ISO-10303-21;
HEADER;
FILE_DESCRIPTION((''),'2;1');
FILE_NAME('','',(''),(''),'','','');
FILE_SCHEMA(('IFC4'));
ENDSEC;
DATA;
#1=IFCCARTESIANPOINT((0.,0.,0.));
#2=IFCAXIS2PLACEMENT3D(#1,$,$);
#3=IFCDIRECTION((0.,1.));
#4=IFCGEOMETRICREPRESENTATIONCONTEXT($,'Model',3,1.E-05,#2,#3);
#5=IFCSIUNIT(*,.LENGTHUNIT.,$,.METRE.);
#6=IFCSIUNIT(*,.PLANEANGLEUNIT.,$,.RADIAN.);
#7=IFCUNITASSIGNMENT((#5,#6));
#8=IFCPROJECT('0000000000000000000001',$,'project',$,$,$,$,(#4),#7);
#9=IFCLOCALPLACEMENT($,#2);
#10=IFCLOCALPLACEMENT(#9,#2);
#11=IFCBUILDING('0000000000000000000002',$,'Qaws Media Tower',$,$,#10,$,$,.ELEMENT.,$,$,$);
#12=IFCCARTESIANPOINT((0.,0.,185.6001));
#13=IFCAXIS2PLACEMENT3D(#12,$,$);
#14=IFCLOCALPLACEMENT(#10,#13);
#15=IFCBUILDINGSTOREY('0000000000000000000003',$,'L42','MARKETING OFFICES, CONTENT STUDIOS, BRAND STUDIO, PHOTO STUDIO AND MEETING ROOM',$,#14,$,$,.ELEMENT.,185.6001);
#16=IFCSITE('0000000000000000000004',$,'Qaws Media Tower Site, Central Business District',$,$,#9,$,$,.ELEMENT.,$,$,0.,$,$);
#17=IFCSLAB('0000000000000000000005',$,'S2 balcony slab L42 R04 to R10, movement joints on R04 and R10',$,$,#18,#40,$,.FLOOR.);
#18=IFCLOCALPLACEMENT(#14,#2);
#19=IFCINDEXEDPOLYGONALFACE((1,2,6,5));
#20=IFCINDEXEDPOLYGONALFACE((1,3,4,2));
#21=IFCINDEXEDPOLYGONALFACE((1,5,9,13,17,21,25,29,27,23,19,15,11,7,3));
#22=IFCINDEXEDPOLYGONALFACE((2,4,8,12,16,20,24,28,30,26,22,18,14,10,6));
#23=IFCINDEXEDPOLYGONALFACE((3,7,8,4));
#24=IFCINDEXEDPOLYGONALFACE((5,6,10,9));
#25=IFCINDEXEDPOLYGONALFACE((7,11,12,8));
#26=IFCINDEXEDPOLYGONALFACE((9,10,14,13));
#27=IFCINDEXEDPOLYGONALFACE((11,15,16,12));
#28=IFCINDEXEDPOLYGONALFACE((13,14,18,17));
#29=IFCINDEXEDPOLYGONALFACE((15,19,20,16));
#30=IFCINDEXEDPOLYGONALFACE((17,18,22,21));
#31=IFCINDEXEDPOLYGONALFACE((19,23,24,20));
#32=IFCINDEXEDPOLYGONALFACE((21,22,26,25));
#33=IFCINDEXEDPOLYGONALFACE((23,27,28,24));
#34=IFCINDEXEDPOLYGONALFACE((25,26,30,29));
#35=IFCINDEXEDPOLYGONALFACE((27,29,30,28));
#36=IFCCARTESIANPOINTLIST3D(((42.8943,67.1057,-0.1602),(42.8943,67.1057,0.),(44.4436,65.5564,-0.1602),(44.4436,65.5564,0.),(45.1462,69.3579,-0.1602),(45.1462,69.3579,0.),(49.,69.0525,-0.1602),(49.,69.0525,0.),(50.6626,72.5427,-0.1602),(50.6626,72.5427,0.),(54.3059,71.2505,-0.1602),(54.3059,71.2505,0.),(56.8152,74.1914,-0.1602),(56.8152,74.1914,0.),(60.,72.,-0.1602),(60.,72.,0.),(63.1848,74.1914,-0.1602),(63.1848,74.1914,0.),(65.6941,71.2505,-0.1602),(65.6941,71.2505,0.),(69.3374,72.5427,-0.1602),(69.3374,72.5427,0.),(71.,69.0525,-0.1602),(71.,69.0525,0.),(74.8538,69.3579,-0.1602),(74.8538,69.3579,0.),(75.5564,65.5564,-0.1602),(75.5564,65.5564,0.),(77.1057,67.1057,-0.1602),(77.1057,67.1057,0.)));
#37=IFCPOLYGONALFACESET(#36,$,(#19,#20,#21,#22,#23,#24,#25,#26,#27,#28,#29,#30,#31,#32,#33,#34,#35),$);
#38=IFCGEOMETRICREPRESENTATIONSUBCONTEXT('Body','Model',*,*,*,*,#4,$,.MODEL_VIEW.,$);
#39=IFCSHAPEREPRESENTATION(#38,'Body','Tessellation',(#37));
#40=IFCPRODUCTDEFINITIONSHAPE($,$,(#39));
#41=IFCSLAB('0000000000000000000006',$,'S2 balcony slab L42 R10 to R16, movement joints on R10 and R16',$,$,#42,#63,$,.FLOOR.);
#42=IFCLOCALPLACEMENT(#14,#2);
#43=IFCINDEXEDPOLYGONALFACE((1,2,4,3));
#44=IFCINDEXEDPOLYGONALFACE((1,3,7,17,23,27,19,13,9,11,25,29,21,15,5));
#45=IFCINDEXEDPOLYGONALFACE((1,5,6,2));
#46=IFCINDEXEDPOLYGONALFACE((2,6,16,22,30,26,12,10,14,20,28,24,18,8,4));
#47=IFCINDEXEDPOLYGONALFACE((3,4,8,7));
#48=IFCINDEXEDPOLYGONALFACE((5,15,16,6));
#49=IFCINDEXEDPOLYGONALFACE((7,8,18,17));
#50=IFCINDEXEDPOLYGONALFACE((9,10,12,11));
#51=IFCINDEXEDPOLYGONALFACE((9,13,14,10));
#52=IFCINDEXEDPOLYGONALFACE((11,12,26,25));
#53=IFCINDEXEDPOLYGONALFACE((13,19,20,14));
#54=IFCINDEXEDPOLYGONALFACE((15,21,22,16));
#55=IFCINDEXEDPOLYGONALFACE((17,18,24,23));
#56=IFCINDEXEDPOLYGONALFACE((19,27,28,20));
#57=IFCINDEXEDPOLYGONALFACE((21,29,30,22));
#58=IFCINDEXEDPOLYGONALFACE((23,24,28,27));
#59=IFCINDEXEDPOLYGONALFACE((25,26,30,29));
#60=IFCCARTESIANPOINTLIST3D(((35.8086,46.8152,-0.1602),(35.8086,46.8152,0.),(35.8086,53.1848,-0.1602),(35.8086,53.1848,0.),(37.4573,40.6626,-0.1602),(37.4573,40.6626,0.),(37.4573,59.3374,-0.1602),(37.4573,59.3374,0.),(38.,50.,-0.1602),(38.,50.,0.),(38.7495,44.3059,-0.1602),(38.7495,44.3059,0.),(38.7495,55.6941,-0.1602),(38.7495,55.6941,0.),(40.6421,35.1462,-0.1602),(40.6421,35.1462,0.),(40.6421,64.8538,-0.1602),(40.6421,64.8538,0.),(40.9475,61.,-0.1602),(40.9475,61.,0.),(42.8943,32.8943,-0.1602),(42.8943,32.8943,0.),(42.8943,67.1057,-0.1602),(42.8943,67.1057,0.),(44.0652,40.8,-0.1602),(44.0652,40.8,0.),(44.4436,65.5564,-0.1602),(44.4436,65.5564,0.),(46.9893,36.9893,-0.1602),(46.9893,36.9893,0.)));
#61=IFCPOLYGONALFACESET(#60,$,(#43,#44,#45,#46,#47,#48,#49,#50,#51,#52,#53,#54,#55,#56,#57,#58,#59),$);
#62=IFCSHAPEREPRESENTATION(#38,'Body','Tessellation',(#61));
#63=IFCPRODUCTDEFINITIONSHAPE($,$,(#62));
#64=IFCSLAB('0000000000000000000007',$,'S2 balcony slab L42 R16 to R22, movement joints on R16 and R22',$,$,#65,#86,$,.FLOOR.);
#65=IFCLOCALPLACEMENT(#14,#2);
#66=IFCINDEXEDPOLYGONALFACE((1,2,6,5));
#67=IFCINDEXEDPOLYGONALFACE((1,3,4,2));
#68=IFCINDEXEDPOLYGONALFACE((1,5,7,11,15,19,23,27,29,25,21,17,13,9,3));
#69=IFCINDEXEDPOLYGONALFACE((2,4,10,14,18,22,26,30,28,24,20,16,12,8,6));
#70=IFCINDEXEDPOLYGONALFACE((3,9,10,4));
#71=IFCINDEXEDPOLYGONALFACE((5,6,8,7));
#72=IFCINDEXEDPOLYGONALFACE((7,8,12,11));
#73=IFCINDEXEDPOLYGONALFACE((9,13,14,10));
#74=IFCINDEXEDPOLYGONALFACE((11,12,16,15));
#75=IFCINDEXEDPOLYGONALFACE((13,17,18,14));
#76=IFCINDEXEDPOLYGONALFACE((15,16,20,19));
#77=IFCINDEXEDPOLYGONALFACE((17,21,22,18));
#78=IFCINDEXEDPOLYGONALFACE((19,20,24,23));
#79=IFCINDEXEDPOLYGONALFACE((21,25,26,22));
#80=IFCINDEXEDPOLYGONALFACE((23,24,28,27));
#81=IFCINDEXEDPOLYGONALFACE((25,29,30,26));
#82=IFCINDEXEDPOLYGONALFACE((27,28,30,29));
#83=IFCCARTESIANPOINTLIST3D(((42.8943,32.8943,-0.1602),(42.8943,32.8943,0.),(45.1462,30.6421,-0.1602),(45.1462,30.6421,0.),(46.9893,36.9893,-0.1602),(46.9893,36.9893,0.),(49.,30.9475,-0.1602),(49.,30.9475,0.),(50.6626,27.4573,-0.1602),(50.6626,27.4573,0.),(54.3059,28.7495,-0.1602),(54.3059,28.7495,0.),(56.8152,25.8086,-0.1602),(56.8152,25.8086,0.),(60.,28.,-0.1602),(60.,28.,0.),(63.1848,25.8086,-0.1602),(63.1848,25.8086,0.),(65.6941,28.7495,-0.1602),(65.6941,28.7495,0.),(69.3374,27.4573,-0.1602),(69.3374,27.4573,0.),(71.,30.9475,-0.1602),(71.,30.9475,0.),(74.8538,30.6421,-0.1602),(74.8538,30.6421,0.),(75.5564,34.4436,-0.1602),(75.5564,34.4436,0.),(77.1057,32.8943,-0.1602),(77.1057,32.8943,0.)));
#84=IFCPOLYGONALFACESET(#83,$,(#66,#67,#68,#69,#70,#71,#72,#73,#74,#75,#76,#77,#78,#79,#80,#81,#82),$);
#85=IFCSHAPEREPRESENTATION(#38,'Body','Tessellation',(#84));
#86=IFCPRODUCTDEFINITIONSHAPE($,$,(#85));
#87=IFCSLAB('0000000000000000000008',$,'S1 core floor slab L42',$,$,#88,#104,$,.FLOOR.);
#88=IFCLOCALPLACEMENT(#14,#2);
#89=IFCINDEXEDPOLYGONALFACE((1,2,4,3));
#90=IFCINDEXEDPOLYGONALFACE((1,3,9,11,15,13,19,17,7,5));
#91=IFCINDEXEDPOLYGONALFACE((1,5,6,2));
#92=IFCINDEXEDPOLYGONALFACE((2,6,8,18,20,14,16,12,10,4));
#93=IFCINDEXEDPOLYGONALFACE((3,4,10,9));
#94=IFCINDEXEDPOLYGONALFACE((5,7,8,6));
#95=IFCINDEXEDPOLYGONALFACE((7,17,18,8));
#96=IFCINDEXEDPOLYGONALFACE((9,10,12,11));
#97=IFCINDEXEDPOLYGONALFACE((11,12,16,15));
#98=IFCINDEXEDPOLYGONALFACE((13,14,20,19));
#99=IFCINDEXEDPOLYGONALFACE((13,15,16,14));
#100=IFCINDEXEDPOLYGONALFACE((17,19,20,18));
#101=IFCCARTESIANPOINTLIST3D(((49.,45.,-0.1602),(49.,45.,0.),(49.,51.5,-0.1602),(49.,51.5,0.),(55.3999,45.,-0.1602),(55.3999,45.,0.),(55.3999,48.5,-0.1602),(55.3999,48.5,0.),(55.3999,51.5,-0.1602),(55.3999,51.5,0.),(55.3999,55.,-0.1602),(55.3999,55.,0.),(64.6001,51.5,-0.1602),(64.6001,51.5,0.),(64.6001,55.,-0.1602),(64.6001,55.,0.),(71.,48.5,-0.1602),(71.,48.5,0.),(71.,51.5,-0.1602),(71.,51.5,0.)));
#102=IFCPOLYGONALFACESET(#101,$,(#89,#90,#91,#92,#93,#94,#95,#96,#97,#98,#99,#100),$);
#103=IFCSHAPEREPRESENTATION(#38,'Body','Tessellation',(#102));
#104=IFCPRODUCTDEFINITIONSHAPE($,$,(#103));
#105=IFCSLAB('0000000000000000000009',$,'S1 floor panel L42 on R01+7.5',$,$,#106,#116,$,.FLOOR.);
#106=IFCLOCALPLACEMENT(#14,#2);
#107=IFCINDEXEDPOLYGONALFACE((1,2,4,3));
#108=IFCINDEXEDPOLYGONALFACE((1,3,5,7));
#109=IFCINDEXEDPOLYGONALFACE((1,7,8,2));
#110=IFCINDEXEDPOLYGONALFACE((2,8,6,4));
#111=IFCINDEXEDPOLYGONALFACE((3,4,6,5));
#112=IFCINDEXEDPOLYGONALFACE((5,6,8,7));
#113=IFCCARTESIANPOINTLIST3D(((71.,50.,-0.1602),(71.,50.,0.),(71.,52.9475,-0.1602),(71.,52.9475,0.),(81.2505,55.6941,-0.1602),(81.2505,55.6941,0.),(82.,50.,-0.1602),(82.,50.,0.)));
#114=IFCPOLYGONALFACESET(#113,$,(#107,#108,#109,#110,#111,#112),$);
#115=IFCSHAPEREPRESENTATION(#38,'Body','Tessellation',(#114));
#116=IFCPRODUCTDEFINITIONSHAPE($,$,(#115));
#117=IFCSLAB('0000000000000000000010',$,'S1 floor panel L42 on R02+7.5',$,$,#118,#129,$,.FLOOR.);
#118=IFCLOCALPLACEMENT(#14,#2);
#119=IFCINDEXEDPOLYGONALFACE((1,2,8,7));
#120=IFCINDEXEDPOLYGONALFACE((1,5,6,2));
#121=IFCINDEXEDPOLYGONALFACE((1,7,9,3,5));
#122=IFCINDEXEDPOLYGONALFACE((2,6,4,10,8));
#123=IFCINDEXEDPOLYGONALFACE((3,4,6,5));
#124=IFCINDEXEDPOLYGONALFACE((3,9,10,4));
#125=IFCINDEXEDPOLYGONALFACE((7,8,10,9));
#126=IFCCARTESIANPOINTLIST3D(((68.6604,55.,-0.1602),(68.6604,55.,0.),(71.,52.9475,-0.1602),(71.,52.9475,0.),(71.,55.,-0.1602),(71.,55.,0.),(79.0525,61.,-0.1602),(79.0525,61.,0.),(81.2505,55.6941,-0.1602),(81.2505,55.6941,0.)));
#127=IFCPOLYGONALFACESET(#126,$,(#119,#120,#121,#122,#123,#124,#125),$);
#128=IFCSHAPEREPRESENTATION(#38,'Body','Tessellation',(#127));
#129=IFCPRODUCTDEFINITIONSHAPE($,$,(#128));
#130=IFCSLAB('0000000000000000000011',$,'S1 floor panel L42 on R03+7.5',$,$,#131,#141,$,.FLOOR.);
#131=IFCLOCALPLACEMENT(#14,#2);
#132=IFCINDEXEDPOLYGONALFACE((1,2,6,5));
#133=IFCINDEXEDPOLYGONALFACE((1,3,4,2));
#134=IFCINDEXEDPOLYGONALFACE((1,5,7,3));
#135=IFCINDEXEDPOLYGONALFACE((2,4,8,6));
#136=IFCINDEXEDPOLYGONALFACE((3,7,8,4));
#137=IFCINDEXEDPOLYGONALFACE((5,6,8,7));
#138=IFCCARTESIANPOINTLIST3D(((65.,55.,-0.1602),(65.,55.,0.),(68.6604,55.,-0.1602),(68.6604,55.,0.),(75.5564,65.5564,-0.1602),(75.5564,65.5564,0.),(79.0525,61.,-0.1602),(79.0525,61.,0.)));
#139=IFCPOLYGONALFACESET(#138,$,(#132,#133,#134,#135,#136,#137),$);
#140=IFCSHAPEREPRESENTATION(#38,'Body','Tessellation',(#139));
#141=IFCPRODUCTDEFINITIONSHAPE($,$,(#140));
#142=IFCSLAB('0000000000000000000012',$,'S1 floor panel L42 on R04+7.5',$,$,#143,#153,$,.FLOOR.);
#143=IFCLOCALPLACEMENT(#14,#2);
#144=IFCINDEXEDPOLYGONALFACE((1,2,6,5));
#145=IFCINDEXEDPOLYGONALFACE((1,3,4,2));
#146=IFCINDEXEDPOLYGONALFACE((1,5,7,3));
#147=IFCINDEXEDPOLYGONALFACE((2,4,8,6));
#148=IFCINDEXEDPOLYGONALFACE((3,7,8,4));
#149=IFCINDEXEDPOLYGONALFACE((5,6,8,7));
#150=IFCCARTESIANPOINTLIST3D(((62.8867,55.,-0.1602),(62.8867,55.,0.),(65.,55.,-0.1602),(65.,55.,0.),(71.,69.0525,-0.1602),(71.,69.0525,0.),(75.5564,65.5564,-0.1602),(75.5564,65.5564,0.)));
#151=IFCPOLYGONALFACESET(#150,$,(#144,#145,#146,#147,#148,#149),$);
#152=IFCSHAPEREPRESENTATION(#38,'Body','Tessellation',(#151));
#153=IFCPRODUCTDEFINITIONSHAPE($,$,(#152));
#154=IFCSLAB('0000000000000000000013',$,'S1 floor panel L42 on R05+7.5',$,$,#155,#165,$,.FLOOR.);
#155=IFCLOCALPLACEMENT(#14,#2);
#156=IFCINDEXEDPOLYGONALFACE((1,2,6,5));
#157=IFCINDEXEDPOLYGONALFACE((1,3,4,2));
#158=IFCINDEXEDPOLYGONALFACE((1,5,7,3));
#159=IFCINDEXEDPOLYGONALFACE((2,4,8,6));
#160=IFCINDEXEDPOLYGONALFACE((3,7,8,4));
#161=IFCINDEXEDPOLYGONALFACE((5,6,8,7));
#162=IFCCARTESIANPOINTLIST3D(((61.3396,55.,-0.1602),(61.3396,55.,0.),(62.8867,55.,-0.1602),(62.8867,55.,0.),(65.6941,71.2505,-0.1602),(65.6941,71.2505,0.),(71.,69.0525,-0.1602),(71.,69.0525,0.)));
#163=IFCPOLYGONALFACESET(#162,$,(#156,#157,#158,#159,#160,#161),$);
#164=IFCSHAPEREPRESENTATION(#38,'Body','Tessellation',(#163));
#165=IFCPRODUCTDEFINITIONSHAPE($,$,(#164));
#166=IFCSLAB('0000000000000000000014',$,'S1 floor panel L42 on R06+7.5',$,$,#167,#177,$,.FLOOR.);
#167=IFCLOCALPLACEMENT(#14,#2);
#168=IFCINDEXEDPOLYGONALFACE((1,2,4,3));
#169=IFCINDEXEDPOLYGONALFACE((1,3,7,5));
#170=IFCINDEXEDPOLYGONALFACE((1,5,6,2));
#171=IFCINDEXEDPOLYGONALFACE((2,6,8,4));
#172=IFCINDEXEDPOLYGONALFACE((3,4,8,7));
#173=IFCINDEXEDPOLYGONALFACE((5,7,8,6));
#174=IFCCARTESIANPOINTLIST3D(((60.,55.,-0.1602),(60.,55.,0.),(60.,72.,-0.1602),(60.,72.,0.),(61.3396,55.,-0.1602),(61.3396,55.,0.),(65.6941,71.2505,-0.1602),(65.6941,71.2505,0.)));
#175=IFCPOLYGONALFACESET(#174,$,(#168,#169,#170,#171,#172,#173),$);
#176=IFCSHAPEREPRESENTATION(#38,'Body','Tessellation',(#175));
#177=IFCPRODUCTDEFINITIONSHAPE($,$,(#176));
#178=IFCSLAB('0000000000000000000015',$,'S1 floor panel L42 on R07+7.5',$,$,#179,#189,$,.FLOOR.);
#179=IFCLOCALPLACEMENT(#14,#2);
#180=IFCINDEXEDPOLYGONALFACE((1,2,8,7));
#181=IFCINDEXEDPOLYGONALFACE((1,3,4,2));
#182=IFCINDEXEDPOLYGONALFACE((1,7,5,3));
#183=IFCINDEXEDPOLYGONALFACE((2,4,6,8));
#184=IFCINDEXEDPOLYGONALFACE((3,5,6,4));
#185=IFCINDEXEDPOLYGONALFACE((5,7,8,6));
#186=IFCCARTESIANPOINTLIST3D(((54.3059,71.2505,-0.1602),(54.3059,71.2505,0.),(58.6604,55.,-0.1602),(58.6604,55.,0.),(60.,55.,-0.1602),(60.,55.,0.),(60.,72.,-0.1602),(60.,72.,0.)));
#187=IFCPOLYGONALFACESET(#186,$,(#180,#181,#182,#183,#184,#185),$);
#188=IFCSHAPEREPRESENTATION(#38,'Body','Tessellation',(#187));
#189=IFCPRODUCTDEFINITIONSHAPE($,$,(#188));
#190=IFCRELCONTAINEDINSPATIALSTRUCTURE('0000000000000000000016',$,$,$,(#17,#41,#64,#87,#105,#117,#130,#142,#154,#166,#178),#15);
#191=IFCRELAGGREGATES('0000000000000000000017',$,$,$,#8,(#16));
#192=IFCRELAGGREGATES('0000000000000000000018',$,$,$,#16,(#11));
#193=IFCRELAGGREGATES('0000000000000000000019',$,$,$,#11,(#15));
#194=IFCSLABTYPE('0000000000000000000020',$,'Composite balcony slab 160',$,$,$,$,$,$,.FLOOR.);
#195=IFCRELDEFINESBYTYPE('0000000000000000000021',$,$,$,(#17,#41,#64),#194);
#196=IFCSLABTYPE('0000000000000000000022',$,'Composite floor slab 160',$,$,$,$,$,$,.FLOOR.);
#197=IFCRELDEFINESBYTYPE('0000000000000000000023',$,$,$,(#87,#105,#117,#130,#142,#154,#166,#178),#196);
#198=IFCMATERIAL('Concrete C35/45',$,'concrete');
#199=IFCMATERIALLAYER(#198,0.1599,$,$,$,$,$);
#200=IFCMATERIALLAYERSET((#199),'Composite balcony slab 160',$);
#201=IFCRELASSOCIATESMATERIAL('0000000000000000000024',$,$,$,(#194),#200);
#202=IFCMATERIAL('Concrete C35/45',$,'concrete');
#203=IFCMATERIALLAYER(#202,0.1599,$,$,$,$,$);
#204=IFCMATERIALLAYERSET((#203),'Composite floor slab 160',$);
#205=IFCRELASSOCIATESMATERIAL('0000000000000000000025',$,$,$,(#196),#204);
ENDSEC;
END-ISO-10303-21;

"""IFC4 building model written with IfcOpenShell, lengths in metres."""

from ifc_helpers import new_model, si_unit, direction, frame, origin, place, context, subcontext, project, spatial, polyline, outline, extrude, material, layer, layer_set, type_object, element, save


model = new_model("IFC4")

# Units and contexts
model_context = context("Model", 3, precision=1e-05, world=origin(), true_north=direction((0.0, 1.0)))
body_context = subcontext(model_context, "Body", "Model", "MODEL_VIEW")
ifc_project = project(units=[si_unit("LENGTHUNIT", "METRE"), si_unit("PLANEANGLEUNIT", "RADIAN")], contexts=[model_context])

# Site, building, storey
site_placement = place(None, origin())
site = spatial("IfcSite", under=ifc_project, at=site_placement, Name="Qaws Media Tower Site, Central Business District", CompositionType="ELEMENT", RefElevation=0.0)
building_placement = place(site_placement, origin())
building = spatial("IfcBuilding", under=site, at=building_placement, Name="Qaws Media Tower", CompositionType="ELEMENT")
storey_placement = place(building_placement, frame((0.0, 0.0, 185.6001)))
storey = spatial("IfcBuildingStorey", under=building, at=storey_placement, Name="L42", Description="MARKETING OFFICES, CONTENT STUDIOS, BRAND STUDIO, PHOTO STUDIO AND MEETING ROOM", CompositionType="ELEMENT", Elevation=185.6001)

# Slabs
ifc_material_1 = material(Name="Concrete C35/45", Category="concrete")
ifc_layer_1 = layer(ifc_material_1, 0.1599)
ifc_layer_set_1 = layer_set([ifc_layer_1], Name="Composite balcony slab 160")
slab_type_1 = type_object("IfcSlabType", Name="Composite balcony slab 160", PredefinedType="FLOOR", material=ifc_layer_set_1)
slab_1_placement = place(storey_placement, frame((0.0, 0.0, -0.1602)))
element("IfcSlab", 1, at=slab_1_placement, inside=storey, type_object=slab_type_1, Name="S2 balcony slab L42 R04 to R10, movement joints on R04 and R10", PredefinedType="FLOOR", context=body_context, shape_type="SweptSolid", body=[
    extrude(outline(polyline([(45.1462, 69.3579), (50.6626, 72.5427), (56.8152, 74.1914), (63.1848, 74.1914), (69.3374, 72.5427), (74.8538, 69.3579), (77.1057, 67.1057), (75.5564, 65.5564), (71.0, 69.0525), (65.6941, 71.2505), (60.0, 72.0), (54.3059, 71.2505), (49.0, 69.0525), (44.4436, 65.5564), (42.8943, 67.1057), (45.1462, 69.3579)])), origin(), (0.0, 0.0, 1.0), 0.1602),
])
slab_2_placement = place(storey_placement, frame((0.0, 0.0, -0.1602)))
element("IfcSlab", 2, at=slab_2_placement, inside=storey, type_object=slab_type_1, Name="S2 balcony slab L42 R10 to R16, movement joints on R10 and R16", PredefinedType="FLOOR", context=body_context, shape_type="SweptSolid", body=[
    extrude(outline(polyline([(40.6421, 35.1462), (37.4573, 40.6626), (35.8086, 46.8152), (35.8086, 53.1848), (37.4573, 59.3374), (40.6421, 64.8538), (42.8943, 67.1057), (44.4436, 65.5564), (40.9475, 61.0), (38.7495, 55.6941), (38.0, 50.0), (38.7495, 44.3059), (44.0652, 40.8), (46.9893, 36.9893), (42.8943, 32.8943), (40.6421, 35.1462)])), origin(), (0.0, 0.0, 1.0), 0.1602),
])
slab_3_placement = place(storey_placement, frame((0.0, 0.0, -0.1602)))
element("IfcSlab", 3, at=slab_3_placement, inside=storey, type_object=slab_type_1, Name="S2 balcony slab L42 R16 to R22, movement joints on R16 and R22", PredefinedType="FLOOR", context=body_context, shape_type="SweptSolid", body=[
    extrude(outline(polyline([(74.8538, 30.6421), (69.3374, 27.4573), (63.1848, 25.8086), (56.8152, 25.8086), (50.6626, 27.4573), (45.1462, 30.6421), (42.8943, 32.8943), (46.9893, 36.9893), (49.0, 30.9475), (54.3059, 28.7495), (60.0, 28.0), (65.6941, 28.7495), (71.0, 30.9475), (75.5564, 34.4436), (77.1057, 32.8943), (74.8538, 30.6421)])), origin(), (0.0, 0.0, 1.0), 0.1602),
])
ifc_material_2 = material(Name="Concrete C35/45", Category="concrete")
ifc_layer_2 = layer(ifc_material_2, 0.1599)
ifc_layer_set_2 = layer_set([ifc_layer_2], Name="Composite floor slab 160")
slab_type_2 = type_object("IfcSlabType", Name="Composite floor slab 160", PredefinedType="FLOOR", material=ifc_layer_set_2)
slab_4_placement = place(storey_placement, frame((0.0, 0.0, -0.1602)))
element("IfcSlab", 4, at=slab_4_placement, inside=storey, type_object=slab_type_2, Name="S1 core floor slab L42", PredefinedType="FLOOR", context=body_context, shape_type="SweptSolid", body=[
    extrude(outline(polyline([(71.0, 51.5), (71.0, 48.5), (55.3999, 48.5), (55.3999, 45.0), (49.0, 45.0), (49.0, 51.5), (55.3999, 51.5), (55.3999, 55.0), (64.6001, 55.0), (64.6001, 51.5), (71.0, 51.5)])), origin(), (0.0, 0.0, 1.0), 0.1602),
])
slab_5_placement = place(storey_placement, frame((0.0, 0.0, -0.1602)))
element("IfcSlab", 5, at=slab_5_placement, inside=storey, type_object=slab_type_2, Name="S1 floor panel L42 on R01+7.5", PredefinedType="FLOOR", context=body_context, shape_type="SweptSolid", body=[
    extrude(outline(polyline([(81.2505, 55.6941), (82.0, 50.0), (71.0, 50.0), (71.0, 52.9475), (81.2505, 55.6941)])), origin(), (0.0, 0.0, 1.0), 0.1602),
])
slab_6_placement = place(storey_placement, frame((0.0, 0.0, -0.1602)))
element("IfcSlab", 6, at=slab_6_placement, inside=storey, type_object=slab_type_2, Name="S1 floor panel L42 on R02+7.5", PredefinedType="FLOOR", context=body_context, shape_type="SweptSolid", body=[
    extrude(outline(polyline([(79.0525, 61.0), (81.2505, 55.6941), (71.0, 52.9475), (71.0, 55.0), (68.6604, 55.0), (79.0525, 61.0)])), origin(), (0.0, 0.0, 1.0), 0.1602),
])
slab_7_placement = place(storey_placement, frame((0.0, 0.0, -0.1602)))
element("IfcSlab", 7, at=slab_7_placement, inside=storey, type_object=slab_type_2, Name="S1 floor panel L42 on R03+7.5", PredefinedType="FLOOR", context=body_context, shape_type="SweptSolid", body=[
    extrude(outline(polyline([(79.0525, 61.0), (68.6604, 55.0), (65.0, 55.0), (75.5564, 65.5564), (79.0525, 61.0)])), origin(), (0.0, 0.0, 1.0), 0.1602),
])
slab_8_placement = place(storey_placement, frame((0.0, 0.0, -0.1602)))
element("IfcSlab", 8, at=slab_8_placement, inside=storey, type_object=slab_type_2, Name="S1 floor panel L42 on R04+7.5", PredefinedType="FLOOR", context=body_context, shape_type="SweptSolid", body=[
    extrude(outline(polyline([(75.5564, 65.5564), (65.0, 55.0), (62.8867, 55.0), (71.0, 69.0525), (75.5564, 65.5564)])), origin(), (0.0, 0.0, 1.0), 0.1602),
])
slab_9_placement = place(storey_placement, frame((0.0, 0.0, -0.1602)))
element("IfcSlab", 9, at=slab_9_placement, inside=storey, type_object=slab_type_2, Name="S1 floor panel L42 on R05+7.5", PredefinedType="FLOOR", context=body_context, shape_type="SweptSolid", body=[
    extrude(outline(polyline([(71.0, 69.0525), (62.8867, 55.0), (61.3396, 55.0), (65.6941, 71.2505), (71.0, 69.0525)])), origin(), (0.0, 0.0, 1.0), 0.1602),
])
slab_10_placement = place(storey_placement, frame((0.0, 0.0, -0.1602)))
element("IfcSlab", 10, at=slab_10_placement, inside=storey, type_object=slab_type_2, Name="S1 floor panel L42 on R06+7.5", PredefinedType="FLOOR", context=body_context, shape_type="SweptSolid", body=[
    extrude(outline(polyline([(65.6941, 71.2505), (61.3396, 55.0), (60.0, 55.0), (60.0, 72.0), (65.6941, 71.2505)])), origin(), (0.0, 0.0, 1.0), 0.1602),
])
slab_11_placement = place(storey_placement, frame((0.0, 0.0, -0.1602)))
element("IfcSlab", 11, at=slab_11_placement, inside=storey, type_object=slab_type_2, Name="S1 floor panel L42 on R07+7.5", PredefinedType="FLOOR", context=body_context, shape_type="SweptSolid", body=[
    extrude(outline(polyline([(54.3059, 71.2505), (60.0, 72.0), (60.0, 55.0), (58.6604, 55.0), (54.3059, 71.2505)])), origin(), (0.0, 0.0, 1.0), 0.1602),
])

save(model, "model.ifc")
